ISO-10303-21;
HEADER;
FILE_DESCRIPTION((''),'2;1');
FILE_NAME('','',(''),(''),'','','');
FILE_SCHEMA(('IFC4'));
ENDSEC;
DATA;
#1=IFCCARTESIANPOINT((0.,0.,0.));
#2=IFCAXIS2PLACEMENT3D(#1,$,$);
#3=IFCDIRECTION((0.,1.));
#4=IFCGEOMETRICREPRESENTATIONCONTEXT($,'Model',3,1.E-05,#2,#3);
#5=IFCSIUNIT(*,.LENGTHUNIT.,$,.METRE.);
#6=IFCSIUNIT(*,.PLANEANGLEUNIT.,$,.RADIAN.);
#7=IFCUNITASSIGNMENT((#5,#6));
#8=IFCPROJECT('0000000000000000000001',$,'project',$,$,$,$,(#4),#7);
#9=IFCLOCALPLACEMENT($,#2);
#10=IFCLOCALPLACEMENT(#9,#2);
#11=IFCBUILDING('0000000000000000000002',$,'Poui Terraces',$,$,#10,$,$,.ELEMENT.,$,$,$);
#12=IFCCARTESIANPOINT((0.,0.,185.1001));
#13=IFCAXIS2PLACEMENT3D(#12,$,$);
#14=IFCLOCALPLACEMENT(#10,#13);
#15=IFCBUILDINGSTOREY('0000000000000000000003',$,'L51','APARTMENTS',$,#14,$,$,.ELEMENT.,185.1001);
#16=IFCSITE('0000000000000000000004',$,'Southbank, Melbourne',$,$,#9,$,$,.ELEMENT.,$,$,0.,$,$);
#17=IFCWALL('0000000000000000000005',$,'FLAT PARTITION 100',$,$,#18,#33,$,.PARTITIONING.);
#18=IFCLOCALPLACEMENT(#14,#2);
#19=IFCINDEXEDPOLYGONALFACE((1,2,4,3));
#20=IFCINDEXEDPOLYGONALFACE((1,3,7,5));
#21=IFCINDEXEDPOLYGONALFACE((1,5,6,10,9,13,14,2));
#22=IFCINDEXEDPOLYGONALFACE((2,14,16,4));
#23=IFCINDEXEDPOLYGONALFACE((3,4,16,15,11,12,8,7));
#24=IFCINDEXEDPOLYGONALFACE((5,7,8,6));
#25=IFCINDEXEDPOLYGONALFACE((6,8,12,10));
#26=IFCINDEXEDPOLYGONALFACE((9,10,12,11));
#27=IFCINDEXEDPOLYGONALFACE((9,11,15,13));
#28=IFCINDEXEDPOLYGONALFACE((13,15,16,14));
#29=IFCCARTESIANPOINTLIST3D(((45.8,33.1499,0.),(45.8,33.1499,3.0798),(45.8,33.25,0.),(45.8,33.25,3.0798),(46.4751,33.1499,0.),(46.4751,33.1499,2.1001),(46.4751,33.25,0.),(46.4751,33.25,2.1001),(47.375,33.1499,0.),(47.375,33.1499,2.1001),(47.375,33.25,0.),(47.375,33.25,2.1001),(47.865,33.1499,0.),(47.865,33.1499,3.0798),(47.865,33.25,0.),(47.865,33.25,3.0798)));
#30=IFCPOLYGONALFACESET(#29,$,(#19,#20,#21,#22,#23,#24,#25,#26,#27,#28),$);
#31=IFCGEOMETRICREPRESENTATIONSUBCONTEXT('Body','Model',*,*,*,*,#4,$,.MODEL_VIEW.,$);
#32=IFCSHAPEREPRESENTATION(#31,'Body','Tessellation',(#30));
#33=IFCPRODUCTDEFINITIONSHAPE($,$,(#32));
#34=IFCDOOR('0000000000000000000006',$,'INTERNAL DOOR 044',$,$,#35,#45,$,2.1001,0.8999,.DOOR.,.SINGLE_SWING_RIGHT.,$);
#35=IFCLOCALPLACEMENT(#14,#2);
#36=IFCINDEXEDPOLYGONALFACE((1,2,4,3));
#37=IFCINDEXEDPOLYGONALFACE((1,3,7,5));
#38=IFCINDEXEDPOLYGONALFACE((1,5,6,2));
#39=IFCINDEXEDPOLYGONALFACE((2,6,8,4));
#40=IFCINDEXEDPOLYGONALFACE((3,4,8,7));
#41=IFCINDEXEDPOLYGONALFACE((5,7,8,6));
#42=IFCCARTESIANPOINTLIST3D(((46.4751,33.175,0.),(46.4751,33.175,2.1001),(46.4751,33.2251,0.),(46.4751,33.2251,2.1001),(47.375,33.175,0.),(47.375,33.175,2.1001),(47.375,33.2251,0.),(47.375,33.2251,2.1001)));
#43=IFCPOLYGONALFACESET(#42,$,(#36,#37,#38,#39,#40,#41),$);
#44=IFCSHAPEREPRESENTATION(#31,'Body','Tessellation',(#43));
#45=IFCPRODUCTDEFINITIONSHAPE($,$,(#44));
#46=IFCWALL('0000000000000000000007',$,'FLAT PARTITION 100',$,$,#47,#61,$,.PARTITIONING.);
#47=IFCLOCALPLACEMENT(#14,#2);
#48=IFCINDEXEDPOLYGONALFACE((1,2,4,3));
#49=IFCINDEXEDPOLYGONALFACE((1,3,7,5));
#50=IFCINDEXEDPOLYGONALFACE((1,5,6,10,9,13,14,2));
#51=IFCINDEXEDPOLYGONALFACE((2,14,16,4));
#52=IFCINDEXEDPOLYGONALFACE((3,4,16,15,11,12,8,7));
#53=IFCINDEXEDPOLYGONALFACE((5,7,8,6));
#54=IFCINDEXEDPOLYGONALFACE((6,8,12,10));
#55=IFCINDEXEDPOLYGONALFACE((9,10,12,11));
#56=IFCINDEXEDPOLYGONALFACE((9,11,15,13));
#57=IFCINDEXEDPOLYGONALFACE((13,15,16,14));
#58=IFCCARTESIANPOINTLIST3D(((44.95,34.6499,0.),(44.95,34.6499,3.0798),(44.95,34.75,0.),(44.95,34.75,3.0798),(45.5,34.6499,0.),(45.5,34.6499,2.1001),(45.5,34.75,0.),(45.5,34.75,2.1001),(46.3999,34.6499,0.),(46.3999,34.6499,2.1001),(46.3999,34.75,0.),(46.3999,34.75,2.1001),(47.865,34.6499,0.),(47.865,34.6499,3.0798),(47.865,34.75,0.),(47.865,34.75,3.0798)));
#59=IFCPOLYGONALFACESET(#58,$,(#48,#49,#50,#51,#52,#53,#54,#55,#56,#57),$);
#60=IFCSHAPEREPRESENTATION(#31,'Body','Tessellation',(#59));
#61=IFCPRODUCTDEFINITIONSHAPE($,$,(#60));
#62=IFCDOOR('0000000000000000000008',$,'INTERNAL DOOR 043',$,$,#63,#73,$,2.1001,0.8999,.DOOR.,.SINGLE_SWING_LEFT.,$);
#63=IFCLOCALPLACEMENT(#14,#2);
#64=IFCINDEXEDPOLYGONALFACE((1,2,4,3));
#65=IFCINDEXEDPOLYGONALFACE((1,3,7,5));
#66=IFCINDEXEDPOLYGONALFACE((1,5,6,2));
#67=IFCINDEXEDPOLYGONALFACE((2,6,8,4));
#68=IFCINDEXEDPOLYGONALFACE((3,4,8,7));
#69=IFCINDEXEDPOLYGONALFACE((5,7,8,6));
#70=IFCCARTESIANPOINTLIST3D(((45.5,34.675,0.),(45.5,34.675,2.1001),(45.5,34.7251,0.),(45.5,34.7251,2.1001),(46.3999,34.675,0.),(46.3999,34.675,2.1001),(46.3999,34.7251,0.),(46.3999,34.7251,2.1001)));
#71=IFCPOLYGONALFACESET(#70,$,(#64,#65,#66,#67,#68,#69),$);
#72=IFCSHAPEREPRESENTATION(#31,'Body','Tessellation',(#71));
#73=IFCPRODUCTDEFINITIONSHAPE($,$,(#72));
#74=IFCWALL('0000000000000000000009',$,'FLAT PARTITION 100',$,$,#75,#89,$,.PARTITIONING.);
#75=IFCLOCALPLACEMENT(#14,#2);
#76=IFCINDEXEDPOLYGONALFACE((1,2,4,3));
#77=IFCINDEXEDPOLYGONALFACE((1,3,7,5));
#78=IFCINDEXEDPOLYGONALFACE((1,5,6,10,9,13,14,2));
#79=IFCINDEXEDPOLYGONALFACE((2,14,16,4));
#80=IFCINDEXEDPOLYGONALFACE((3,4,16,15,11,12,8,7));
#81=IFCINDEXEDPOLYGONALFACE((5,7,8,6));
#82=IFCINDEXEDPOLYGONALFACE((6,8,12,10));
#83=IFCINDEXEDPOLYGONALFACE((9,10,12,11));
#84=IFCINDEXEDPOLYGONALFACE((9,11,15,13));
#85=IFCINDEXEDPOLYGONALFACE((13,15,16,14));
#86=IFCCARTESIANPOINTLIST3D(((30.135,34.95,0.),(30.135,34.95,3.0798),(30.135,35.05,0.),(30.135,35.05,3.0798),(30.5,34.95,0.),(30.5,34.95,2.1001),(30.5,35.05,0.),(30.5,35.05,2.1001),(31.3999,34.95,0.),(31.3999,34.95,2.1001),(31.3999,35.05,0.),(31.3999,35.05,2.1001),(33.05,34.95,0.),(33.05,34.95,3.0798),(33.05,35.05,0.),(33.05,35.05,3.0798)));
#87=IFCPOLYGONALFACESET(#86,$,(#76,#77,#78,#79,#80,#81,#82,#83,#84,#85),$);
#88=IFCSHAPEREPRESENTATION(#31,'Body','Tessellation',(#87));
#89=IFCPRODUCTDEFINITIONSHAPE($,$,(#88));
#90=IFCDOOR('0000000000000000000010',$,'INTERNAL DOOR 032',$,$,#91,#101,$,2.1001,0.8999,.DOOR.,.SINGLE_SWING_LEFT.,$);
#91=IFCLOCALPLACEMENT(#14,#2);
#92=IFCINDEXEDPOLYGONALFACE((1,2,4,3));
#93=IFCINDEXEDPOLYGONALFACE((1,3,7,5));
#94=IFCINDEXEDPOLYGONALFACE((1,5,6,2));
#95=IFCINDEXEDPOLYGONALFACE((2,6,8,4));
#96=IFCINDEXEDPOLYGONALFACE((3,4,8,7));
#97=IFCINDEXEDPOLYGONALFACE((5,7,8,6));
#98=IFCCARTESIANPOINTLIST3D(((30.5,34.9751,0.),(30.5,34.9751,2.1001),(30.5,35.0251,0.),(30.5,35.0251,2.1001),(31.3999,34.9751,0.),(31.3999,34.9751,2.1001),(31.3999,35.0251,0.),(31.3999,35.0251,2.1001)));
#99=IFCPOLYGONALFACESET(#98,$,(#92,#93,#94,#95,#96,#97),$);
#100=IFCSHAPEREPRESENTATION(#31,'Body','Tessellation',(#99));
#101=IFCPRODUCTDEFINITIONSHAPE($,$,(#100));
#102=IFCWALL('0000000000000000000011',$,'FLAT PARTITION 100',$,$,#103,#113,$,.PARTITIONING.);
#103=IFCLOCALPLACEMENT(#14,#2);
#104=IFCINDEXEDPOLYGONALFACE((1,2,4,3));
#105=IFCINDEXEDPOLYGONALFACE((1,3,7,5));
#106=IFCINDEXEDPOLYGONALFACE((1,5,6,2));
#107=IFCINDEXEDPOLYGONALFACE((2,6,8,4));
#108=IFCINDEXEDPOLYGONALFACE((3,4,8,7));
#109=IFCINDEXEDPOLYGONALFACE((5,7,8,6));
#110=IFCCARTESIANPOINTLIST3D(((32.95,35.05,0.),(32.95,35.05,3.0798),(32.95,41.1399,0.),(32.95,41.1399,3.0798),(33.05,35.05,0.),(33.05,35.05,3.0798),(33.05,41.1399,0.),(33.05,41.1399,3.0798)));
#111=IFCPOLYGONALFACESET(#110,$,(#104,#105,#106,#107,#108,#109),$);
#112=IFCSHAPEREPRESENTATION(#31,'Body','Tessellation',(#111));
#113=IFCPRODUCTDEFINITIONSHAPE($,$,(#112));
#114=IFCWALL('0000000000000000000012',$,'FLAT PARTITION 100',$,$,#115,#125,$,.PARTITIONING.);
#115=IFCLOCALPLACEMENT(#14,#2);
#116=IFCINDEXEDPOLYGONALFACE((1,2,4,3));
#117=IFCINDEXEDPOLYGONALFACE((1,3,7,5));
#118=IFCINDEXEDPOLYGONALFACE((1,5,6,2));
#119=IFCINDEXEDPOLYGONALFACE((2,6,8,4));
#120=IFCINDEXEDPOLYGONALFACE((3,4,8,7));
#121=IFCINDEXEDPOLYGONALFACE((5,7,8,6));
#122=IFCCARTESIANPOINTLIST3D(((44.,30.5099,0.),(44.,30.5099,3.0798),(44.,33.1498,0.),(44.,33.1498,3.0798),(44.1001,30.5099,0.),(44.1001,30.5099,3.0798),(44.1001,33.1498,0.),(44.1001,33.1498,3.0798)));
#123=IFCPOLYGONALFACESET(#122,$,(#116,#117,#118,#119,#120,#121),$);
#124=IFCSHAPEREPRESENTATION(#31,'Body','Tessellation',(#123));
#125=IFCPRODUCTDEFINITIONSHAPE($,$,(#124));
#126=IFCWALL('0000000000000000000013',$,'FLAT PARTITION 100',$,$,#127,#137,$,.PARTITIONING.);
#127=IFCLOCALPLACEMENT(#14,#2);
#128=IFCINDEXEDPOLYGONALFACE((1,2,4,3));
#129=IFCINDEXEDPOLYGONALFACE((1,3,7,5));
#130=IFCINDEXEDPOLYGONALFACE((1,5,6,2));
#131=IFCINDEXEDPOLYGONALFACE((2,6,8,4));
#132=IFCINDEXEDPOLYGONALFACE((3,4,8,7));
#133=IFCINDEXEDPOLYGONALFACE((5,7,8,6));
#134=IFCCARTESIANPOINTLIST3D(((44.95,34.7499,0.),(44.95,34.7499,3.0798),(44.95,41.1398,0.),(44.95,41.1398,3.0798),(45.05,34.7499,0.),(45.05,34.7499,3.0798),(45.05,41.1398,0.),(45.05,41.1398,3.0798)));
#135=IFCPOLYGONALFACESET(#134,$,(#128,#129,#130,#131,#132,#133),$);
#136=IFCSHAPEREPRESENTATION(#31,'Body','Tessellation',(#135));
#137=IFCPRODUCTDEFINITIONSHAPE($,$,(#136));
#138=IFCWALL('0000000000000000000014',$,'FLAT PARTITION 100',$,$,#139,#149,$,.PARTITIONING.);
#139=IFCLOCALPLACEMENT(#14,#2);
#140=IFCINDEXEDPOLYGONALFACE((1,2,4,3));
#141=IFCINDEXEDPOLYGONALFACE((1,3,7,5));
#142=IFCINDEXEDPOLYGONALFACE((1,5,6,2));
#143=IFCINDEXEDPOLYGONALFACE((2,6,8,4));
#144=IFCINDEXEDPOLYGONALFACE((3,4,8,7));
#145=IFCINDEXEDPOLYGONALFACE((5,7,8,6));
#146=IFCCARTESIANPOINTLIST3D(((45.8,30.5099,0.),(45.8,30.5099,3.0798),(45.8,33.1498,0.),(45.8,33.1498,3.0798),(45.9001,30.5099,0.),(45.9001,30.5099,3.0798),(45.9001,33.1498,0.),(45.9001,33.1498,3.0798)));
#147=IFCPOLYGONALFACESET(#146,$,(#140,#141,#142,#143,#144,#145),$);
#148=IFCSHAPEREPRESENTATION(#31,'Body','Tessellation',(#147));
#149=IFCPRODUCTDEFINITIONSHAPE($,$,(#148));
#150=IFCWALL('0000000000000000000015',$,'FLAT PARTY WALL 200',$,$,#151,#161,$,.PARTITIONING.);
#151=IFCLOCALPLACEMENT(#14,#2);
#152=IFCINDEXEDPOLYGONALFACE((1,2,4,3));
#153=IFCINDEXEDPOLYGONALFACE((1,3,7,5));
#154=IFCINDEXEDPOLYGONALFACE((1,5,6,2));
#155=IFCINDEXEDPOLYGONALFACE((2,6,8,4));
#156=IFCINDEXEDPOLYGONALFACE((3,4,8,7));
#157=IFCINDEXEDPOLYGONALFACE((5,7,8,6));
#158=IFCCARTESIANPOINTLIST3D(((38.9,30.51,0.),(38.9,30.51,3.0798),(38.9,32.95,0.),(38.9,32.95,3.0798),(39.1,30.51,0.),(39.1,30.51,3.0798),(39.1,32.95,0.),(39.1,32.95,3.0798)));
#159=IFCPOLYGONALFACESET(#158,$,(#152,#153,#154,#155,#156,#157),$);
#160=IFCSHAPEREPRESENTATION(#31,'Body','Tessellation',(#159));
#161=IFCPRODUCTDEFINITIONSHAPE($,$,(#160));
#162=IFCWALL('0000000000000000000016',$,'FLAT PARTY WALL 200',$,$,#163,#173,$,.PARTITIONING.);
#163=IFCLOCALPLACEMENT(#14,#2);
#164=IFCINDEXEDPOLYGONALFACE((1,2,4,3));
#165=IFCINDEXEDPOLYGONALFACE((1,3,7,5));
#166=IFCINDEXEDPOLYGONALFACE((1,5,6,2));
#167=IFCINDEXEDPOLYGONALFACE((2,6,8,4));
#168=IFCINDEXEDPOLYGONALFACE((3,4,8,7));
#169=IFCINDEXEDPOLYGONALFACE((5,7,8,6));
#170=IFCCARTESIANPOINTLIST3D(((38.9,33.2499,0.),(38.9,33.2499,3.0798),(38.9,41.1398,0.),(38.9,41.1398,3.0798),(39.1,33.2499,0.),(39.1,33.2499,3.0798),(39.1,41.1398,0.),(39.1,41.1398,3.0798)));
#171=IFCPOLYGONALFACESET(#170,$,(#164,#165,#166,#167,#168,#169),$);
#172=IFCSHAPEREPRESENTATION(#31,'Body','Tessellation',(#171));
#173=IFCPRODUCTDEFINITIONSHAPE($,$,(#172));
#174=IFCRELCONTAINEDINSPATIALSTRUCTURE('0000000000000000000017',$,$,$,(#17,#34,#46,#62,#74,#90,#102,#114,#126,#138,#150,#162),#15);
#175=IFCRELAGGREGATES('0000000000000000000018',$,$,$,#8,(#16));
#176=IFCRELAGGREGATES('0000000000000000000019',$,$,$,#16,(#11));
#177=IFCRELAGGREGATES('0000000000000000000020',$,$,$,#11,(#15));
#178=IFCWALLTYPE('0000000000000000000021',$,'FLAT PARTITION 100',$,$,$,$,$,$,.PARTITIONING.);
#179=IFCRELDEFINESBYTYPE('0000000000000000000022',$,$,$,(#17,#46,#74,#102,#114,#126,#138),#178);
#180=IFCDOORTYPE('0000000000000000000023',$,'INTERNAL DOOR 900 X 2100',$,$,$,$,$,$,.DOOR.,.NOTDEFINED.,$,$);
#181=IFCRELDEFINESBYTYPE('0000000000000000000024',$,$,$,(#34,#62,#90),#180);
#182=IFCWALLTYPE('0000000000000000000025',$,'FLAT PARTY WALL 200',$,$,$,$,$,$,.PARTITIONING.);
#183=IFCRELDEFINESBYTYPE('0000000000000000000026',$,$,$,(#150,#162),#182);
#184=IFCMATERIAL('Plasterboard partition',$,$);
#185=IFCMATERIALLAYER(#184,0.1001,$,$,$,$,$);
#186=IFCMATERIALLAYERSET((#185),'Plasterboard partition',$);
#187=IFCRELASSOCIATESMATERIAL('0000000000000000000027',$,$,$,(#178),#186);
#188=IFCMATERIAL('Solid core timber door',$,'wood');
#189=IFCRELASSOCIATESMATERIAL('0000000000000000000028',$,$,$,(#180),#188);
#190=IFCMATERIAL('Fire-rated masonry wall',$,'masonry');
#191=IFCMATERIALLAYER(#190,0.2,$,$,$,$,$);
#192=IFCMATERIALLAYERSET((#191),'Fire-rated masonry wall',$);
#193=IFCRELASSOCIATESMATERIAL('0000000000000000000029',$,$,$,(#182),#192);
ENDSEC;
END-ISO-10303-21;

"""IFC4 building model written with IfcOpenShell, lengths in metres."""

from ifc_helpers import new_model, si_unit, direction, frame, frame_2d, origin, place, context, subcontext, project, spatial, rectangle, extrude, material, layer, layer_set, type_object, element, fill, save


model = new_model("IFC4")

# Units and contexts
model_context = context("Model", 3, precision=1e-05, world=origin(), true_north=direction((0.0, 1.0)))
body_context = subcontext(model_context, "Body", "Model", "MODEL_VIEW")
ifc_project = project(units=[si_unit("LENGTHUNIT", "METRE"), si_unit("PLANEANGLEUNIT", "RADIAN")], contexts=[model_context])

# Site, building, storey
site_placement = place(None, origin())
site = spatial("IfcSite", under=ifc_project, at=site_placement, Name="Southbank, Melbourne", CompositionType="ELEMENT", RefElevation=0.0)
building_placement = place(site_placement, origin())
building = spatial("IfcBuilding", under=site, at=building_placement, Name="Poui Terraces", CompositionType="ELEMENT")
storey_placement = place(building_placement, frame((0.0, 0.0, 185.1001)))
storey = spatial("IfcBuildingStorey", under=building, at=storey_placement, Name="L51", Description="APARTMENTS", CompositionType="ELEMENT", Elevation=185.1001)

# Walls, openings, doors
ifc_material_1 = material(Name="Plasterboard partition")
ifc_layer_1 = layer(ifc_material_1, 0.1001)
ifc_layer_set_1 = layer_set([ifc_layer_1], Name="Plasterboard partition")
wall_type_1 = type_object("IfcWallType", Name="FLAT PARTITION 100", PredefinedType="PARTITIONING", material=ifc_layer_set_1)
ifc_material_2 = material(Name="Solid core timber door", Category="wood")
door_type_1 = type_object("IfcDoorType", Name="INTERNAL DOOR 900 X 2100", OperationType="NOTDEFINED", PredefinedType="DOOR", material=ifc_material_2)
wall_1_placement = place(storey_placement, frame((45.8, 33.2, 0.0), z_axis=(0.0, 0.0, 1.0), x_axis=(1.0, 0.0, 0.0)))
wall_1 = element("IfcWall", 1, at=wall_1_placement, inside=storey, type_object=wall_type_1, Name="FLAT PARTITION 100", PredefinedType="PARTITIONING", context=body_context, shape_type="SweptSolid", body=[
    extrude(rectangle(XDim=2.0649, YDim=0.1001, at=frame_2d((1.0325, 0.0))), origin(), (0.0, 0.0, 1.0), 3.0798),
])
opening_1_placement = place(wall_1_placement, frame((0.675, 0.0, 0.0)))
opening_1 = element("IfcOpeningElement", 2, at=opening_1_placement, cuts=wall_1, PredefinedType="OPENING", context=body_context, shape_type="SweptSolid", body=[
    extrude(rectangle(XDim=0.8999, YDim=2.1001, at=frame_2d((0.45, 1.05))), frame((0.0, 0.0601, 0.0), z_axis=(0.0, -1.0, 0.0), x_axis=(1.0, 0.0, 0.0)), (0.0, 0.0, 1.0), 0.1201),
])
door_1_placement = place(opening_1_placement, frame((0.8999, 0.0, 0.0), z_axis=(0.0, 0.0, 1.0), x_axis=(-1.0, 0.0, 0.0)))
door_1 = element("IfcDoor", 3, at=door_1_placement, inside=storey, type_object=door_type_1, Name="INTERNAL DOOR 044", OperationType="SINGLE_SWING_RIGHT", OverallHeight=2.1001, OverallWidth=0.8999, PredefinedType="DOOR", context=body_context, shape_type="SweptSolid", body=[
    extrude(rectangle(XDim=0.8999, YDim=2.1001, at=frame_2d((0.45, 1.05))), frame((0.0, 0.0249, 0.0), z_axis=(0.0, -1.0, 0.0), x_axis=(1.0, 0.0, 0.0)), (0.0, 0.0, 1.0), 0.05),
])
fill(opening_1, door_1)
wall_2_placement = place(storey_placement, frame((44.95, 34.7, 0.0), z_axis=(0.0, 0.0, 1.0), x_axis=(1.0, 0.0, 0.0)))
wall_2 = element("IfcWall", 4, at=wall_2_placement, inside=storey, type_object=wall_type_1, Name="FLAT PARTITION 100", PredefinedType="PARTITIONING", context=body_context, shape_type="SweptSolid", body=[
    extrude(rectangle(XDim=2.915, YDim=0.1001, at=frame_2d((1.4575, 0.0))), origin(), (0.0, 0.0, 1.0), 3.0798),
])
opening_2_placement = place(wall_2_placement, frame((0.55, 0.0, 0.0)))
opening_2 = element("IfcOpeningElement", 5, at=opening_2_placement, cuts=wall_2, PredefinedType="OPENING", context=body_context, shape_type="SweptSolid", body=[
    extrude(rectangle(XDim=0.8999, YDim=2.1001, at=frame_2d((0.45, 1.05))), frame((0.0, 0.0601, 0.0), z_axis=(0.0, -1.0, 0.0), x_axis=(1.0, 0.0, 0.0)), (0.0, 0.0, 1.0), 0.1201),
])
door_2_placement = place(opening_2_placement, frame((0.8999, 0.0, 0.0), z_axis=(0.0, 0.0, 1.0), x_axis=(-1.0, 0.0, 0.0)))
door_2 = element("IfcDoor", 6, at=door_2_placement, inside=storey, type_object=door_type_1, Name="INTERNAL DOOR 043", OperationType="SINGLE_SWING_LEFT", OverallHeight=2.1001, OverallWidth=0.8999, PredefinedType="DOOR", context=body_context, shape_type="SweptSolid", body=[
    extrude(rectangle(XDim=0.8999, YDim=2.1001, at=frame_2d((0.45, 1.05))), frame((0.0, 0.0249, 0.0), z_axis=(0.0, -1.0, 0.0), x_axis=(1.0, 0.0, 0.0)), (0.0, 0.0, 1.0), 0.05),
])
fill(opening_2, door_2)
wall_3_placement = place(storey_placement, frame((30.135, 35.0, 0.0), z_axis=(0.0, 0.0, 1.0), x_axis=(1.0, 0.0, 0.0)))
wall_3 = element("IfcWall", 7, at=wall_3_placement, inside=storey, type_object=wall_type_1, Name="FLAT PARTITION 100", PredefinedType="PARTITIONING", context=body_context, shape_type="SweptSolid", body=[
    extrude(rectangle(XDim=2.915, YDim=0.1001, at=frame_2d((1.4575, 0.0))), origin(), (0.0, 0.0, 1.0), 3.0798),
])
opening_3_placement = place(wall_3_placement, frame((0.365, 0.0, 0.0)))
opening_3 = element("IfcOpeningElement", 8, at=opening_3_placement, cuts=wall_3, PredefinedType="OPENING", context=body_context, shape_type="SweptSolid", body=[
    extrude(rectangle(XDim=0.8999, YDim=2.1001, at=frame_2d((0.45, 1.05))), frame((0.0, 0.0601, 0.0), z_axis=(0.0, -1.0, 0.0), x_axis=(1.0, 0.0, 0.0)), (0.0, 0.0, 1.0), 0.1201),
])
door_3_placement = place(opening_3_placement, frame((0.8999, 0.0, 0.0), z_axis=(0.0, 0.0, 1.0), x_axis=(-1.0, 0.0, 0.0)))
door_3 = element("IfcDoor", 9, at=door_3_placement, inside=storey, type_object=door_type_1, Name="INTERNAL DOOR 032", OperationType="SINGLE_SWING_LEFT", OverallHeight=2.1001, OverallWidth=0.8999, PredefinedType="DOOR", context=body_context, shape_type="SweptSolid", body=[
    extrude(rectangle(XDim=0.8999, YDim=2.1001, at=frame_2d((0.45, 1.05))), frame((0.0, 0.0249, 0.0), z_axis=(0.0, -1.0, 0.0), x_axis=(1.0, 0.0, 0.0)), (0.0, 0.0, 1.0), 0.05),
])
fill(opening_3, door_3)

# Walls
wall_4_placement = place(storey_placement, frame((33.0, 35.05, 0.0), z_axis=(0.0, 0.0, 1.0), x_axis=(0.0, 1.0, 0.0)))
element("IfcWall", 10, at=wall_4_placement, inside=storey, type_object=wall_type_1, Name="FLAT PARTITION 100", PredefinedType="PARTITIONING", context=body_context, shape_type="SweptSolid", body=[
    extrude(rectangle(XDim=6.0898, YDim=0.1001, at=frame_2d((3.0449, 0.0))), origin(), (0.0, 0.0, 1.0), 3.0798),
])
wall_5_placement = place(storey_placement, frame((44.05, 30.51, 0.0), z_axis=(0.0, 0.0, 1.0), x_axis=(0.0, 1.0, 0.0)))
element("IfcWall", 11, at=wall_5_placement, inside=storey, type_object=wall_type_1, Name="FLAT PARTITION 100", PredefinedType="PARTITIONING", context=body_context, shape_type="SweptSolid", body=[
    extrude(rectangle(XDim=2.6399, YDim=0.1001, at=frame_2d((1.3198, 0.0))), origin(), (0.0, 0.0, 1.0), 3.0798),
])
wall_6_placement = place(storey_placement, frame((45.0, 34.75, 0.0), z_axis=(0.0, 0.0, 1.0), x_axis=(0.0, 1.0, 0.0)))
element("IfcWall", 12, at=wall_6_placement, inside=storey, type_object=wall_type_1, Name="FLAT PARTITION 100", PredefinedType="PARTITIONING", context=body_context, shape_type="SweptSolid", body=[
    extrude(rectangle(XDim=6.3899, YDim=0.1001, at=frame_2d((3.1948, 0.0))), origin(), (0.0, 0.0, 1.0), 3.0798),
])
wall_7_placement = place(storey_placement, frame((45.8501, 30.51, 0.0), z_axis=(0.0, 0.0, 1.0), x_axis=(0.0, 1.0, 0.0)))
element("IfcWall", 13, at=wall_7_placement, inside=storey, type_object=wall_type_1, Name="FLAT PARTITION 100", PredefinedType="PARTITIONING", context=body_context, shape_type="SweptSolid", body=[
    extrude(rectangle(XDim=2.6399, YDim=0.1001, at=frame_2d((1.3198, 0.0))), origin(), (0.0, 0.0, 1.0), 3.0798),
])
ifc_material_3 = material(Name="Fire-rated masonry wall", Category="masonry")
ifc_layer_2 = layer(ifc_material_3, 0.2)
ifc_layer_set_2 = layer_set([ifc_layer_2], Name="Fire-rated masonry wall")
wall_type_2 = type_object("IfcWallType", Name="FLAT PARTY WALL 200", PredefinedType="PARTITIONING", material=ifc_layer_set_2)
wall_8_placement = place(storey_placement, frame((39.0, 30.51, 0.0), z_axis=(0.0, 0.0, 1.0), x_axis=(0.0, 1.0, 0.0)))
element("IfcWall", 14, at=wall_8_placement, inside=storey, type_object=wall_type_2, Name="FLAT PARTY WALL 200", PredefinedType="PARTITIONING", context=body_context, shape_type="SweptSolid", body=[
    extrude(rectangle(XDim=2.4399, YDim=0.2, at=frame_2d((1.22, 0.0))), origin(), (0.0, 0.0, 1.0), 3.0798),
])
wall_9_placement = place(storey_placement, frame((39.0, 33.25, 0.0), z_axis=(0.0, 0.0, 1.0), x_axis=(0.0, 1.0, 0.0)))
element("IfcWall", 15, at=wall_9_placement, inside=storey, type_object=wall_type_2, Name="FLAT PARTY WALL 200", PredefinedType="PARTITIONING", context=body_context, shape_type="SweptSolid", body=[
    extrude(rectangle(XDim=7.8899, YDim=0.2, at=frame_2d((3.9448, 0.0))), origin(), (0.0, 0.0, 1.0), 3.0798),
])

save(model, "model.ifc")
